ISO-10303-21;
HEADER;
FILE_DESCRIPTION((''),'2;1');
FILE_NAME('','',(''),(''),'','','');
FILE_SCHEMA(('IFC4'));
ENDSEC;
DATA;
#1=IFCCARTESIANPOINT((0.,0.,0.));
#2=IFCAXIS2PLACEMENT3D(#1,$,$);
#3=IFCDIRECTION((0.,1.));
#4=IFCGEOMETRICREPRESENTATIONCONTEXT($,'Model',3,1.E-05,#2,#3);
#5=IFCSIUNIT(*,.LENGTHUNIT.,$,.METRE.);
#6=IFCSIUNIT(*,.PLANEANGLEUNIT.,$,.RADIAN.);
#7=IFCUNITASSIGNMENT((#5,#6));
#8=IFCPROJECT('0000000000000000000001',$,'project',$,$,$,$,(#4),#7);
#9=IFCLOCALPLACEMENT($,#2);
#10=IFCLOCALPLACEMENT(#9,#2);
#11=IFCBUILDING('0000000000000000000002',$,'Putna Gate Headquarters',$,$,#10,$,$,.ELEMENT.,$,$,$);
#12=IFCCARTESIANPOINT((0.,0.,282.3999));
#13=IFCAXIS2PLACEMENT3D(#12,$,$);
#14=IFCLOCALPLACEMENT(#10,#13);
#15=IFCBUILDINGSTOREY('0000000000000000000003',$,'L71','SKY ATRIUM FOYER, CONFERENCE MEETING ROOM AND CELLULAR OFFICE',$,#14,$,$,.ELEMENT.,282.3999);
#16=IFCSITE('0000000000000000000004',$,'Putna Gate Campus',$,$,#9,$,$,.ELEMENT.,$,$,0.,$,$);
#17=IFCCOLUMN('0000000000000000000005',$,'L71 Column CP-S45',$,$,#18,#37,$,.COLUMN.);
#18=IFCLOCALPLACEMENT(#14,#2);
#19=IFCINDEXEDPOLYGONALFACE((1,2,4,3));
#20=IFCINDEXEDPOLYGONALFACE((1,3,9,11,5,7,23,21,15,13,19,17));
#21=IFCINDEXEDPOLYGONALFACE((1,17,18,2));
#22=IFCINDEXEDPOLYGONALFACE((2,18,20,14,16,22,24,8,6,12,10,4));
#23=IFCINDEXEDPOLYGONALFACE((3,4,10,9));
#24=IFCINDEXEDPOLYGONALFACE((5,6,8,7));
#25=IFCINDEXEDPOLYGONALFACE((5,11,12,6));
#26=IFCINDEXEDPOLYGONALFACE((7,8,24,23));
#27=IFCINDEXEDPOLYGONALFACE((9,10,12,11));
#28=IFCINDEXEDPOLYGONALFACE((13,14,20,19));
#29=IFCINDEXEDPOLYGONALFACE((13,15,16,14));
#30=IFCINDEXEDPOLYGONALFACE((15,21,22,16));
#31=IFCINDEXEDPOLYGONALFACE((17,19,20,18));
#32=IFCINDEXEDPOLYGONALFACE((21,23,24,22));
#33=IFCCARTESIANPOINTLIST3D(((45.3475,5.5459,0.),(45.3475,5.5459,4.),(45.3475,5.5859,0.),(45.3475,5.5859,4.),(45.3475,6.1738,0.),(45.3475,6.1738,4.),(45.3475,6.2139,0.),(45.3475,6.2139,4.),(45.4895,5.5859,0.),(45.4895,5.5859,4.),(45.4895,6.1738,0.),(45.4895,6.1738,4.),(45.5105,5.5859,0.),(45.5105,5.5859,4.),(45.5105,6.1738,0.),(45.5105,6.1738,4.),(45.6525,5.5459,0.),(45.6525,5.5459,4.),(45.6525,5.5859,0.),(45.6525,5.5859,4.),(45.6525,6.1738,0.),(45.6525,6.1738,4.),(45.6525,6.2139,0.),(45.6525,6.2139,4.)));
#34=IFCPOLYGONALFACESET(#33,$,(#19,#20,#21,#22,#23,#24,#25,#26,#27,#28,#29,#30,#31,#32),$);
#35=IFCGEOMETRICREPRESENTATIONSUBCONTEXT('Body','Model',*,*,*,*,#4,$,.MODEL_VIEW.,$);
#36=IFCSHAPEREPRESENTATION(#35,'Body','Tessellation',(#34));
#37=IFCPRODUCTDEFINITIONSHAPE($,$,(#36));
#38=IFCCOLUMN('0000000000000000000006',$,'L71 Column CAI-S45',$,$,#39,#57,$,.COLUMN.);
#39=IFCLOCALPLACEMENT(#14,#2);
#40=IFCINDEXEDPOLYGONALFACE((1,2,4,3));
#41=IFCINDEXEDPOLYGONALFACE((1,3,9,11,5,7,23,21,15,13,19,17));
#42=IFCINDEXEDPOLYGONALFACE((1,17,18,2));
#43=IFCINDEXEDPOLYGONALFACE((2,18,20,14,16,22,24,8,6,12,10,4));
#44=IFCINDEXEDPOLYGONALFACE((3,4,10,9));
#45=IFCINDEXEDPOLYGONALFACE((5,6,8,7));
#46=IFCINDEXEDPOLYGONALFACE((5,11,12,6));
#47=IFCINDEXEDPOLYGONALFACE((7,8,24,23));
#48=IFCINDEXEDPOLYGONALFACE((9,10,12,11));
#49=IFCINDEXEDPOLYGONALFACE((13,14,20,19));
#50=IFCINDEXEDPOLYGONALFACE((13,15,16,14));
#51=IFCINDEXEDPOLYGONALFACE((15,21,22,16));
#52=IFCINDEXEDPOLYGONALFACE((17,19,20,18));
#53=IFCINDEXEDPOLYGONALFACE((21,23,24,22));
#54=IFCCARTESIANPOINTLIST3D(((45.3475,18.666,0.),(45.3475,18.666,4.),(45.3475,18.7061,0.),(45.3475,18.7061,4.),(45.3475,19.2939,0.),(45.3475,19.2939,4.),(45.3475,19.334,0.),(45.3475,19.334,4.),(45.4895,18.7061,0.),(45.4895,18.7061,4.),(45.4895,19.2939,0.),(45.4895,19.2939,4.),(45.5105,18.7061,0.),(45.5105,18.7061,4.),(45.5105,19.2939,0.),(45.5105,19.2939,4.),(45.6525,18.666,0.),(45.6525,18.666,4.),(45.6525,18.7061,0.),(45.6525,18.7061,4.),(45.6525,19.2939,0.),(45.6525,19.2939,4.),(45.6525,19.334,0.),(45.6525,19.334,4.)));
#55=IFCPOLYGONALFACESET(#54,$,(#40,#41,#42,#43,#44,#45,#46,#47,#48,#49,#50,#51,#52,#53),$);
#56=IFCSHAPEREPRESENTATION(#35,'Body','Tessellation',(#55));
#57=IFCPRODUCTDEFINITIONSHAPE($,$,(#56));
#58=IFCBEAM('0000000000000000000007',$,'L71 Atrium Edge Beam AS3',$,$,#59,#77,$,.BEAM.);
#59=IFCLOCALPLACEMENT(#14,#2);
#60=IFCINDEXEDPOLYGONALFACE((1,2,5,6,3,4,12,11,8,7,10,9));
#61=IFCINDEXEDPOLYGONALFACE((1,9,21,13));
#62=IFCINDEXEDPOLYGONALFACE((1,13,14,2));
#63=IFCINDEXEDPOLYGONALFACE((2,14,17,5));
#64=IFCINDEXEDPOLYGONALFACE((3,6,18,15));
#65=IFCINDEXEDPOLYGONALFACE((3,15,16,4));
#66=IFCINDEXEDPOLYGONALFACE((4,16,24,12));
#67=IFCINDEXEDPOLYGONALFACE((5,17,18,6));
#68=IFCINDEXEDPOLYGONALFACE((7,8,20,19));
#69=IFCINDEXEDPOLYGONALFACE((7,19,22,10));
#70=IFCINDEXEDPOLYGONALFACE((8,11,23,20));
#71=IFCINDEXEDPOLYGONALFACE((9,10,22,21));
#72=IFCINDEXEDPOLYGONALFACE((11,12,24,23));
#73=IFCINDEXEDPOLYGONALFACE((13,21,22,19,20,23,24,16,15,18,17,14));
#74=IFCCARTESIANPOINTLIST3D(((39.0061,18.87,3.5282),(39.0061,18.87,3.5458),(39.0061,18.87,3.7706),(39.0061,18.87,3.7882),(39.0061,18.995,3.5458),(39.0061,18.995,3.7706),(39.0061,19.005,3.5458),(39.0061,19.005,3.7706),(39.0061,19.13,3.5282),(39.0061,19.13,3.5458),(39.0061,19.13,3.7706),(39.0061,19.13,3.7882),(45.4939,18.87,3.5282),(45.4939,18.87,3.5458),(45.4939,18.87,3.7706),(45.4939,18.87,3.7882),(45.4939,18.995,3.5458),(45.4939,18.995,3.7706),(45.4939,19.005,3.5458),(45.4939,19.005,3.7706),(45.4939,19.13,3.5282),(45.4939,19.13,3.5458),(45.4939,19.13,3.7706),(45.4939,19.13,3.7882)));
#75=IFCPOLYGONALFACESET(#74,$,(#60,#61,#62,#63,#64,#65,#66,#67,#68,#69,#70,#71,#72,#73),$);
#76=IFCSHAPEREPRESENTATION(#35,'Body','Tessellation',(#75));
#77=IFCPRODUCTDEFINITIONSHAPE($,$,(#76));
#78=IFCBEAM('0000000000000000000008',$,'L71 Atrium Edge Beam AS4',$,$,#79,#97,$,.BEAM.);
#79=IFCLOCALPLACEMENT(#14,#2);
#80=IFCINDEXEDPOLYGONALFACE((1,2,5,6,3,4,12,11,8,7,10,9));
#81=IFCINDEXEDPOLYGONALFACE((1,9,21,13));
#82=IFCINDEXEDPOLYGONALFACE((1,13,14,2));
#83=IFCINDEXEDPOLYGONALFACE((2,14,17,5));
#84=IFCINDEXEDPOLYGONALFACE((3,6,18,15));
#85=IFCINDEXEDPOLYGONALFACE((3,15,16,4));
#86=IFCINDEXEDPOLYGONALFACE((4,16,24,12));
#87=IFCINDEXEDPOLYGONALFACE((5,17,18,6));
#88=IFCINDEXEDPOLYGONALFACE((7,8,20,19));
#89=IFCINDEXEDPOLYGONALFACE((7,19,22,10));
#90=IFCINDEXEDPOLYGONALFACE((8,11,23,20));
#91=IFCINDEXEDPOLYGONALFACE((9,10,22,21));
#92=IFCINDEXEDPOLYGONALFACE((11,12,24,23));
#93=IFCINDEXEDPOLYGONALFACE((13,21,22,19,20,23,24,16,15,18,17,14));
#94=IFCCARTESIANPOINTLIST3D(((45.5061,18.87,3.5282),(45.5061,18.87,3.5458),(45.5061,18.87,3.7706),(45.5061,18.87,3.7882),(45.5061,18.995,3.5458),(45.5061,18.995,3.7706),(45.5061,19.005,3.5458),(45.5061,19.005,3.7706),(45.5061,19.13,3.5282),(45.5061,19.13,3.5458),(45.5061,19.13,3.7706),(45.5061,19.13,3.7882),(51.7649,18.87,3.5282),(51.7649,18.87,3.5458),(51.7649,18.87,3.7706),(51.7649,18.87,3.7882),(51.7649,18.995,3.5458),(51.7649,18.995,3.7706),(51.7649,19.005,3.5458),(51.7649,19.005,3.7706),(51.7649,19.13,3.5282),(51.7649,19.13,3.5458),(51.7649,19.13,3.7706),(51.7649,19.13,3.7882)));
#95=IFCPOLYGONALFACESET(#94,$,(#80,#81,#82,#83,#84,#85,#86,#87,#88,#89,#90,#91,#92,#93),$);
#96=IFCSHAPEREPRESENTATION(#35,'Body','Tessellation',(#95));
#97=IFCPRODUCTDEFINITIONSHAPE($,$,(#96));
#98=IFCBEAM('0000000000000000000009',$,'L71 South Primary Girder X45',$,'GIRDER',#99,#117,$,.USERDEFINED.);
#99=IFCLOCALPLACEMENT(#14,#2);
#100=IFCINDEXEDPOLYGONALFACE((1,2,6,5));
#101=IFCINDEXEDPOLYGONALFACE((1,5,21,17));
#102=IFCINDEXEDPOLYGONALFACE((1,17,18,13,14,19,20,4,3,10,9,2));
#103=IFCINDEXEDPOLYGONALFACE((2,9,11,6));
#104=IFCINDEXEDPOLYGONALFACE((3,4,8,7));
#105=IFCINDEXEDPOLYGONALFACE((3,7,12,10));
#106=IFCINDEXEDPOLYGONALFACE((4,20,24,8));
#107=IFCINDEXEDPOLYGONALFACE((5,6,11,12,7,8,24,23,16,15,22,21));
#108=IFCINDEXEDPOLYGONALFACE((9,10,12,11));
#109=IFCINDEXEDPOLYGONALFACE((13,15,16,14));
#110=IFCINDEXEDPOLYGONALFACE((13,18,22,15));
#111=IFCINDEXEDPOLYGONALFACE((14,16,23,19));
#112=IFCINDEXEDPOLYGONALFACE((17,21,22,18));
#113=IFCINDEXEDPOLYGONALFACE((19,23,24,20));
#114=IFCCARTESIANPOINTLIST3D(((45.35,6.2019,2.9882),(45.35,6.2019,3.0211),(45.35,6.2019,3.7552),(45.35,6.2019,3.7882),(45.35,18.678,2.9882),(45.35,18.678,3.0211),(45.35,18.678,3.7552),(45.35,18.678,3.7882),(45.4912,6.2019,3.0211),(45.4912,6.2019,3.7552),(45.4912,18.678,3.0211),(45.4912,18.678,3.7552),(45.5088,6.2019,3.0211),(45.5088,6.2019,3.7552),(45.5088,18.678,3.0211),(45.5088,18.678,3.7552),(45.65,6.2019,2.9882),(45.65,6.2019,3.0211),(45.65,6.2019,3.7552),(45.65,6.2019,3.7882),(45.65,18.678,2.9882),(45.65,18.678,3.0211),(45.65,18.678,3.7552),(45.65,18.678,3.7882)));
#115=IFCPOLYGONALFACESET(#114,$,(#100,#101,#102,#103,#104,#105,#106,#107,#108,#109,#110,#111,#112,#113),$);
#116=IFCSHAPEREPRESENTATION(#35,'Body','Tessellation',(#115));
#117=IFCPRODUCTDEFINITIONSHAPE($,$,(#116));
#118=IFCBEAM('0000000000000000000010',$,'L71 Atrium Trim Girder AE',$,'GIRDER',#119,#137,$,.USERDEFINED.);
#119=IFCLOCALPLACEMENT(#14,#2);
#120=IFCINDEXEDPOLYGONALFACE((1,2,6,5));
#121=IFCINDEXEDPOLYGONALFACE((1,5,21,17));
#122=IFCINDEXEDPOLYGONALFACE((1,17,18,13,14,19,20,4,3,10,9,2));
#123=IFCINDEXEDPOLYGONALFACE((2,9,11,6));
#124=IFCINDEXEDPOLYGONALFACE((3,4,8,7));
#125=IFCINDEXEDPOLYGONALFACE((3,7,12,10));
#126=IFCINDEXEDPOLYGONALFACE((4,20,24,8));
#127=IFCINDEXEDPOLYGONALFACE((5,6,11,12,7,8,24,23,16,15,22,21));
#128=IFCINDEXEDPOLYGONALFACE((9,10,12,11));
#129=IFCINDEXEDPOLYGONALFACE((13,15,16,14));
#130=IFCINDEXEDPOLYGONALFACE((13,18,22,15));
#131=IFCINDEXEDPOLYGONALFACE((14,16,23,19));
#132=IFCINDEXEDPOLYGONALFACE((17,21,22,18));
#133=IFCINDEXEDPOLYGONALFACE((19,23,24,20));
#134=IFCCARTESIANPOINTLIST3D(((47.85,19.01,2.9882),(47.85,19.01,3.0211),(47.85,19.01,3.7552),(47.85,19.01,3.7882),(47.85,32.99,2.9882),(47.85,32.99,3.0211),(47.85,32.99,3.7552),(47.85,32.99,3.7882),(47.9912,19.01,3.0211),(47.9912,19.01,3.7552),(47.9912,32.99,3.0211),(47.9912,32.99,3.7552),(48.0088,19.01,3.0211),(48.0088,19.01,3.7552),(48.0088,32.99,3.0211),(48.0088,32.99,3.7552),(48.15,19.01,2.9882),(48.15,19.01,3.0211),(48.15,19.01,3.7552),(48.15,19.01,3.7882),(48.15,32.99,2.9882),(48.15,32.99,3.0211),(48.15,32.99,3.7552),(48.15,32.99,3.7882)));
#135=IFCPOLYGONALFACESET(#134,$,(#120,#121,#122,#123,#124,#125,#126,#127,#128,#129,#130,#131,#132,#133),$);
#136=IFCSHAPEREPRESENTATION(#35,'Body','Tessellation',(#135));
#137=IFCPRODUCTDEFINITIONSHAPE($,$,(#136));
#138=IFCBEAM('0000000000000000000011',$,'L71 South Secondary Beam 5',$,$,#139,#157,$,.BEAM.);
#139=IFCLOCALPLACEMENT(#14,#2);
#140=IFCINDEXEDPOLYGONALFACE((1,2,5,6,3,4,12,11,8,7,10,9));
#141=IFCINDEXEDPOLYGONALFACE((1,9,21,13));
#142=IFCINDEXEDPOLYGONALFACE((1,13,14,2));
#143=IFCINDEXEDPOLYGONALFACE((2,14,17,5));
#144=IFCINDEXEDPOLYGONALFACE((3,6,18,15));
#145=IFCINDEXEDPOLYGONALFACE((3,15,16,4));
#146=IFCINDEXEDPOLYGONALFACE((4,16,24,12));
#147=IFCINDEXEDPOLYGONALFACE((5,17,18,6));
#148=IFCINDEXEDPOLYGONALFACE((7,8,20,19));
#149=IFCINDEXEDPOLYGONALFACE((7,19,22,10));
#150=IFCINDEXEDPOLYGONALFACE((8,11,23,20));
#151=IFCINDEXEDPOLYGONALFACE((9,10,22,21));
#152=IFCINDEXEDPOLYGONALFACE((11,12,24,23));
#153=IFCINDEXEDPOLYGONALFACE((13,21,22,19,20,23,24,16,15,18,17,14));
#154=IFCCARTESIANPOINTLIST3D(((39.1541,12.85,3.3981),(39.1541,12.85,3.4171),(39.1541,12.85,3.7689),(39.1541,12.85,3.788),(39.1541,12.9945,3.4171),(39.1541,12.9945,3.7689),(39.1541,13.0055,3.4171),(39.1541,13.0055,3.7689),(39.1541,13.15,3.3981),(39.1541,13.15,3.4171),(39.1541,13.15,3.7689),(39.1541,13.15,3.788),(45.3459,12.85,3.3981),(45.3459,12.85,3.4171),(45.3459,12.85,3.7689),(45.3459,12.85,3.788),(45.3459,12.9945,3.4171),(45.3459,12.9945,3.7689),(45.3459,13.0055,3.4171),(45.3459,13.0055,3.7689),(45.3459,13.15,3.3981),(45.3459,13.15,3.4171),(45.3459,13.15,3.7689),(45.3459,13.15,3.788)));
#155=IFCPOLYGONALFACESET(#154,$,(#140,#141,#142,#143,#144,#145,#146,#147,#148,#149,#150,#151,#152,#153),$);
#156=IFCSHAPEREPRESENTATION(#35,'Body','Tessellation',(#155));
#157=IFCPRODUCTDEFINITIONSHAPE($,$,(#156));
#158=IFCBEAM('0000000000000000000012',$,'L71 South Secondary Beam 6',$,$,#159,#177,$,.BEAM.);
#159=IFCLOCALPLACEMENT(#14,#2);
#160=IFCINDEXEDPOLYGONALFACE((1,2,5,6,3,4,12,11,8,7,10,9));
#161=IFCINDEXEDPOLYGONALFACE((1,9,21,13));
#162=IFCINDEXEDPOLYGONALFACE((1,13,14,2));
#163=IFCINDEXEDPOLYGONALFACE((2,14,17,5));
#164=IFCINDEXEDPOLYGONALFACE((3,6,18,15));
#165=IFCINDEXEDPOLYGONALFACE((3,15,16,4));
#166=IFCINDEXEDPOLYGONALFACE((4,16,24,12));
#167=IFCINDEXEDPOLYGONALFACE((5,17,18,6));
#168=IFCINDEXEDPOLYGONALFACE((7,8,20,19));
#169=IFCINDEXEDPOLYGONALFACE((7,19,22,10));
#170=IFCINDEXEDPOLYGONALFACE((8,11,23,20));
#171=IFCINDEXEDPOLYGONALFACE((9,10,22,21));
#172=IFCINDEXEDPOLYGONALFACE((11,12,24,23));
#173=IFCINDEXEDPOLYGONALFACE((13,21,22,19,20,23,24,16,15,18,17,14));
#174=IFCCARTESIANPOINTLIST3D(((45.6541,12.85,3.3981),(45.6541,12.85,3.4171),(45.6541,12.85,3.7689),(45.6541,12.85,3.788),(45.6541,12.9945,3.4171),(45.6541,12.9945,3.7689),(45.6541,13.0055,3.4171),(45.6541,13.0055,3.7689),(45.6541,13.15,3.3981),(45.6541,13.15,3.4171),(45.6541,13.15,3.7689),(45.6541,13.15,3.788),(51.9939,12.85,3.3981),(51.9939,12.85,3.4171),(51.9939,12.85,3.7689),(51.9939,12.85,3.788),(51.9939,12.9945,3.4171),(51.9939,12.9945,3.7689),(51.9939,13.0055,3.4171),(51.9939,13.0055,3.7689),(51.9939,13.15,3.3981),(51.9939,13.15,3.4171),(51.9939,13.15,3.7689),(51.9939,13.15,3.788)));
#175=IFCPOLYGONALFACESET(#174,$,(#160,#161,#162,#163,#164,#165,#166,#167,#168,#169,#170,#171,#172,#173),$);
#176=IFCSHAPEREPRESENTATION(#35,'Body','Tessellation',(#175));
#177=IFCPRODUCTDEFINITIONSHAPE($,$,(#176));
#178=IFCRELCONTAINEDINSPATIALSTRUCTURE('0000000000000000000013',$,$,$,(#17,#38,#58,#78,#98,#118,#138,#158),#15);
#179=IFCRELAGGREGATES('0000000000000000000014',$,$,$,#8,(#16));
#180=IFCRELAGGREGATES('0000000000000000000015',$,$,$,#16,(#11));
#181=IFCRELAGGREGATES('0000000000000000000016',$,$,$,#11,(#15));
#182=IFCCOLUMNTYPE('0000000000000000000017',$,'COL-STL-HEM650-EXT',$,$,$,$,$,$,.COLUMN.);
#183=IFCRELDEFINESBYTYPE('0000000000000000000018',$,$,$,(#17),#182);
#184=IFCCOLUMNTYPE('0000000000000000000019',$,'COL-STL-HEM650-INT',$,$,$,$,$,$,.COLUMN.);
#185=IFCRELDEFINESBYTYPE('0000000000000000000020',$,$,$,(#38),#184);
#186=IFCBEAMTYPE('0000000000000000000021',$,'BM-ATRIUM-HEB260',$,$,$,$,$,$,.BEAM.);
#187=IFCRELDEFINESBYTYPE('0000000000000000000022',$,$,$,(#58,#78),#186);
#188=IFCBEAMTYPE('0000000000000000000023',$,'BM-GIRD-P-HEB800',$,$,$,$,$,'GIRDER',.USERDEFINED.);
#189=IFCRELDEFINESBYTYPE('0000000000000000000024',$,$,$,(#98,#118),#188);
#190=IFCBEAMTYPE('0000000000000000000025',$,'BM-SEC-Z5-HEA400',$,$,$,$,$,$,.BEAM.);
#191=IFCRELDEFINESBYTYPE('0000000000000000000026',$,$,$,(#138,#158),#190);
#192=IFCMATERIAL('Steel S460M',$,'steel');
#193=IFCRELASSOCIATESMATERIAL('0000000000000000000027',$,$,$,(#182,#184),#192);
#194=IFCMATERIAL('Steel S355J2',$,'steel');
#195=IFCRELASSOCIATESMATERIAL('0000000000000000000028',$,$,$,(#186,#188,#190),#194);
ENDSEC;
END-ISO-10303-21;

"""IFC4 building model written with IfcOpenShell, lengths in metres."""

from ifc_helpers import new_model, si_unit, direction, frame, origin, origin_2d, place, context, subcontext, project, spatial, i_section, extrude, material, material_profile, profile_set, type_object, element, save


model = new_model("IFC4")

# Units and contexts
model_context = context("Model", 3, precision=1e-05, world=origin(), true_north=direction((0.0, 1.0)))
body_context = subcontext(model_context, "Body", "Model", "MODEL_VIEW")
ifc_project = project(units=[si_unit("LENGTHUNIT", "METRE"), si_unit("PLANEANGLEUNIT", "RADIAN")], contexts=[model_context])

# Site, building, storey
site_placement = place(None, origin())
site = spatial("IfcSite", under=ifc_project, at=site_placement, Name="Putna Gate Campus", CompositionType="ELEMENT", RefElevation=0.0)
building_placement = place(site_placement, origin())
building = spatial("IfcBuilding", under=site, at=building_placement, Name="Putna Gate Headquarters", CompositionType="ELEMENT")
storey_placement = place(building_placement, frame((0.0, 0.0, 282.3999)))
storey = spatial("IfcBuildingStorey", under=building, at=storey_placement, Name="L71", Description="SKY ATRIUM FOYER, CONFERENCE MEETING ROOM AND CELLULAR OFFICE", CompositionType="ELEMENT", Elevation=282.3999)

# Columns
ifc_material_1 = material(Name="Steel S460M", Category="steel")
ifc_material_profile_1 = material_profile(ifc_material_1, i_section(OverallWidth=0.3049, OverallDepth=0.668, WebThickness=0.021, FlangeThickness=0.04, at=origin_2d()), Name="Steel S460M")
ifc_profile_set_1 = profile_set([ifc_material_profile_1], Name="Steel S460M")
column_type_1 = type_object("IfcColumnType", Name="COL-STL-HEM650-EXT", PredefinedType="COLUMN", material=ifc_profile_set_1)
column_1_placement = place(storey_placement, frame((45.5, 5.8799, 0.0), z_axis=(0.0, 0.0, 1.0), x_axis=(1.0, 0.0, 0.0)))
element("IfcColumn", 1, at=column_1_placement, inside=storey, type_object=column_type_1, Name="L71 Column CP-S45", PredefinedType="COLUMN", context=body_context, shape_type="SweptSolid", body=[
    extrude(i_section(OverallWidth=0.3049, OverallDepth=0.668, WebThickness=0.021, FlangeThickness=0.04, at=origin_2d()), origin(), (0.0, 0.0, 1.0), 4.0),
])
ifc_material_profile_2 = material_profile(ifc_material_1, i_section(OverallWidth=0.3049, OverallDepth=0.668, WebThickness=0.021, FlangeThickness=0.04, at=origin_2d()), Name="Steel S460M")
ifc_profile_set_2 = profile_set([ifc_material_profile_2], Name="Steel S460M")
column_type_2 = type_object("IfcColumnType", Name="COL-STL-HEM650-INT", PredefinedType="COLUMN", material=ifc_profile_set_2)
column_2_placement = place(storey_placement, frame((45.5, 19.0, 0.0), z_axis=(0.0, 0.0, 1.0), x_axis=(1.0, 0.0, 0.0)))
element("IfcColumn", 2, at=column_2_placement, inside=storey, type_object=column_type_2, Name="L71 Column CAI-S45", PredefinedType="COLUMN", context=body_context, shape_type="SweptSolid", body=[
    extrude(i_section(OverallWidth=0.3049, OverallDepth=0.668, WebThickness=0.021, FlangeThickness=0.04, at=origin_2d()), origin(), (0.0, 0.0, 1.0), 4.0),
])

# Beams
ifc_material_2 = material(Name="Steel S355J2", Category="steel")
ifc_material_profile_3 = material_profile(ifc_material_2, i_section(OverallWidth=0.26, OverallDepth=0.26, WebThickness=0.01, FlangeThickness=0.0176, at=origin_2d()), Name="Steel S355J2")
ifc_profile_set_3 = profile_set([ifc_material_profile_3], Name="Steel S355J2")
beam_type_1 = type_object("IfcBeamType", Name="BM-ATRIUM-HEB260", PredefinedType="BEAM", material=ifc_profile_set_3)
beam_1_placement = place(storey_placement, frame((39.0061, 19.0, 3.6582), z_axis=(1.0, 0.0, 0.0), x_axis=(0.0, 1.0, 0.0)))
element("IfcBeam", 3, at=beam_1_placement, inside=storey, type_object=beam_type_1, Name="L71 Atrium Edge Beam AS3", PredefinedType="BEAM", context=body_context, shape_type="SweptSolid", body=[
    extrude(i_section(OverallWidth=0.26, OverallDepth=0.26, WebThickness=0.01, FlangeThickness=0.0176, at=origin_2d()), origin(), (0.0, 0.0, 1.0), 6.4878),
])
beam_2_placement = place(storey_placement, frame((45.5061, 19.0, 3.6582), z_axis=(1.0, 0.0, 0.0), x_axis=(0.0, 1.0, 0.0)))
element("IfcBeam", 4, at=beam_2_placement, inside=storey, type_object=beam_type_1, Name="L71 Atrium Edge Beam AS4", PredefinedType="BEAM", context=body_context, shape_type="SweptSolid", body=[
    extrude(i_section(OverallWidth=0.26, OverallDepth=0.26, WebThickness=0.01, FlangeThickness=0.0176, at=origin_2d()), origin(), (0.0, 0.0, 1.0), 6.2588),
])
ifc_material_profile_4 = material_profile(ifc_material_2, i_section(OverallWidth=0.3, OverallDepth=0.8, WebThickness=0.0176, FlangeThickness=0.033, at=origin_2d()), Name="Steel S355J2")
ifc_profile_set_4 = profile_set([ifc_material_profile_4], Name="Steel S355J2")
beam_type_2 = type_object("IfcBeamType", Name="BM-GIRD-P-HEB800", ElementType="GIRDER", PredefinedType="USERDEFINED", material=ifc_profile_set_4)
beam_3_placement = place(storey_placement, frame((45.5, 6.2019, 3.3882), z_axis=(0.0, 1.0, 0.0), x_axis=(-1.0, 0.0, 0.0)))
element("IfcBeam", 5, at=beam_3_placement, inside=storey, type_object=beam_type_2, Name="L71 South Primary Girder X45", ObjectType="GIRDER", PredefinedType="USERDEFINED", context=body_context, shape_type="SweptSolid", body=[
    extrude(i_section(OverallWidth=0.3, OverallDepth=0.8, WebThickness=0.0176, FlangeThickness=0.033, at=origin_2d()), origin(), (0.0, 0.0, 1.0), 12.4761),
])
beam_4_placement = place(storey_placement, frame((48.0, 19.01, 3.3882), z_axis=(0.0, 1.0, 0.0), x_axis=(-1.0, 0.0, 0.0)))
element("IfcBeam", 6, at=beam_4_placement, inside=storey, type_object=beam_type_2, Name="L71 Atrium Trim Girder AE", ObjectType="GIRDER", PredefinedType="USERDEFINED", context=body_context, shape_type="SweptSolid", body=[
    extrude(i_section(OverallWidth=0.3, OverallDepth=0.8, WebThickness=0.0176, FlangeThickness=0.033, at=origin_2d()), origin(), (0.0, 0.0, 1.0), 13.98),
])
ifc_material_profile_5 = material_profile(ifc_material_2, i_section(OverallWidth=0.3, OverallDepth=0.3899, WebThickness=0.011, FlangeThickness=0.019, at=origin_2d()), Name="Steel S355J2")
ifc_profile_set_5 = profile_set([ifc_material_profile_5], Name="Steel S355J2")
beam_type_3 = type_object("IfcBeamType", Name="BM-SEC-Z5-HEA400", PredefinedType="BEAM", material=ifc_profile_set_5)
beam_5_placement = place(storey_placement, frame((39.1541, 13.0, 3.593), z_axis=(1.0, 0.0, 0.0), x_axis=(0.0, 1.0, 0.0)))
element("IfcBeam", 7, at=beam_5_placement, inside=storey, type_object=beam_type_3, Name="L71 South Secondary Beam 5", PredefinedType="BEAM", context=body_context, shape_type="SweptSolid", body=[
    extrude(i_section(OverallWidth=0.3, OverallDepth=0.3899, WebThickness=0.011, FlangeThickness=0.019, at=origin_2d()), origin(), (0.0, 0.0, 1.0), 6.1919),
])
beam_6_placement = place(storey_placement, frame((45.6541, 13.0, 3.593), z_axis=(1.0, 0.0, 0.0), x_axis=(0.0, 1.0, 0.0)))
element("IfcBeam", 8, at=beam_6_placement, inside=storey, type_object=beam_type_3, Name="L71 South Secondary Beam 6", PredefinedType="BEAM", context=body_context, shape_type="SweptSolid", body=[
    extrude(i_section(OverallWidth=0.3, OverallDepth=0.3899, WebThickness=0.011, FlangeThickness=0.019, at=origin_2d()), origin(), (0.0, 0.0, 1.0), 6.3398),
])

save(model, "model.ifc")
